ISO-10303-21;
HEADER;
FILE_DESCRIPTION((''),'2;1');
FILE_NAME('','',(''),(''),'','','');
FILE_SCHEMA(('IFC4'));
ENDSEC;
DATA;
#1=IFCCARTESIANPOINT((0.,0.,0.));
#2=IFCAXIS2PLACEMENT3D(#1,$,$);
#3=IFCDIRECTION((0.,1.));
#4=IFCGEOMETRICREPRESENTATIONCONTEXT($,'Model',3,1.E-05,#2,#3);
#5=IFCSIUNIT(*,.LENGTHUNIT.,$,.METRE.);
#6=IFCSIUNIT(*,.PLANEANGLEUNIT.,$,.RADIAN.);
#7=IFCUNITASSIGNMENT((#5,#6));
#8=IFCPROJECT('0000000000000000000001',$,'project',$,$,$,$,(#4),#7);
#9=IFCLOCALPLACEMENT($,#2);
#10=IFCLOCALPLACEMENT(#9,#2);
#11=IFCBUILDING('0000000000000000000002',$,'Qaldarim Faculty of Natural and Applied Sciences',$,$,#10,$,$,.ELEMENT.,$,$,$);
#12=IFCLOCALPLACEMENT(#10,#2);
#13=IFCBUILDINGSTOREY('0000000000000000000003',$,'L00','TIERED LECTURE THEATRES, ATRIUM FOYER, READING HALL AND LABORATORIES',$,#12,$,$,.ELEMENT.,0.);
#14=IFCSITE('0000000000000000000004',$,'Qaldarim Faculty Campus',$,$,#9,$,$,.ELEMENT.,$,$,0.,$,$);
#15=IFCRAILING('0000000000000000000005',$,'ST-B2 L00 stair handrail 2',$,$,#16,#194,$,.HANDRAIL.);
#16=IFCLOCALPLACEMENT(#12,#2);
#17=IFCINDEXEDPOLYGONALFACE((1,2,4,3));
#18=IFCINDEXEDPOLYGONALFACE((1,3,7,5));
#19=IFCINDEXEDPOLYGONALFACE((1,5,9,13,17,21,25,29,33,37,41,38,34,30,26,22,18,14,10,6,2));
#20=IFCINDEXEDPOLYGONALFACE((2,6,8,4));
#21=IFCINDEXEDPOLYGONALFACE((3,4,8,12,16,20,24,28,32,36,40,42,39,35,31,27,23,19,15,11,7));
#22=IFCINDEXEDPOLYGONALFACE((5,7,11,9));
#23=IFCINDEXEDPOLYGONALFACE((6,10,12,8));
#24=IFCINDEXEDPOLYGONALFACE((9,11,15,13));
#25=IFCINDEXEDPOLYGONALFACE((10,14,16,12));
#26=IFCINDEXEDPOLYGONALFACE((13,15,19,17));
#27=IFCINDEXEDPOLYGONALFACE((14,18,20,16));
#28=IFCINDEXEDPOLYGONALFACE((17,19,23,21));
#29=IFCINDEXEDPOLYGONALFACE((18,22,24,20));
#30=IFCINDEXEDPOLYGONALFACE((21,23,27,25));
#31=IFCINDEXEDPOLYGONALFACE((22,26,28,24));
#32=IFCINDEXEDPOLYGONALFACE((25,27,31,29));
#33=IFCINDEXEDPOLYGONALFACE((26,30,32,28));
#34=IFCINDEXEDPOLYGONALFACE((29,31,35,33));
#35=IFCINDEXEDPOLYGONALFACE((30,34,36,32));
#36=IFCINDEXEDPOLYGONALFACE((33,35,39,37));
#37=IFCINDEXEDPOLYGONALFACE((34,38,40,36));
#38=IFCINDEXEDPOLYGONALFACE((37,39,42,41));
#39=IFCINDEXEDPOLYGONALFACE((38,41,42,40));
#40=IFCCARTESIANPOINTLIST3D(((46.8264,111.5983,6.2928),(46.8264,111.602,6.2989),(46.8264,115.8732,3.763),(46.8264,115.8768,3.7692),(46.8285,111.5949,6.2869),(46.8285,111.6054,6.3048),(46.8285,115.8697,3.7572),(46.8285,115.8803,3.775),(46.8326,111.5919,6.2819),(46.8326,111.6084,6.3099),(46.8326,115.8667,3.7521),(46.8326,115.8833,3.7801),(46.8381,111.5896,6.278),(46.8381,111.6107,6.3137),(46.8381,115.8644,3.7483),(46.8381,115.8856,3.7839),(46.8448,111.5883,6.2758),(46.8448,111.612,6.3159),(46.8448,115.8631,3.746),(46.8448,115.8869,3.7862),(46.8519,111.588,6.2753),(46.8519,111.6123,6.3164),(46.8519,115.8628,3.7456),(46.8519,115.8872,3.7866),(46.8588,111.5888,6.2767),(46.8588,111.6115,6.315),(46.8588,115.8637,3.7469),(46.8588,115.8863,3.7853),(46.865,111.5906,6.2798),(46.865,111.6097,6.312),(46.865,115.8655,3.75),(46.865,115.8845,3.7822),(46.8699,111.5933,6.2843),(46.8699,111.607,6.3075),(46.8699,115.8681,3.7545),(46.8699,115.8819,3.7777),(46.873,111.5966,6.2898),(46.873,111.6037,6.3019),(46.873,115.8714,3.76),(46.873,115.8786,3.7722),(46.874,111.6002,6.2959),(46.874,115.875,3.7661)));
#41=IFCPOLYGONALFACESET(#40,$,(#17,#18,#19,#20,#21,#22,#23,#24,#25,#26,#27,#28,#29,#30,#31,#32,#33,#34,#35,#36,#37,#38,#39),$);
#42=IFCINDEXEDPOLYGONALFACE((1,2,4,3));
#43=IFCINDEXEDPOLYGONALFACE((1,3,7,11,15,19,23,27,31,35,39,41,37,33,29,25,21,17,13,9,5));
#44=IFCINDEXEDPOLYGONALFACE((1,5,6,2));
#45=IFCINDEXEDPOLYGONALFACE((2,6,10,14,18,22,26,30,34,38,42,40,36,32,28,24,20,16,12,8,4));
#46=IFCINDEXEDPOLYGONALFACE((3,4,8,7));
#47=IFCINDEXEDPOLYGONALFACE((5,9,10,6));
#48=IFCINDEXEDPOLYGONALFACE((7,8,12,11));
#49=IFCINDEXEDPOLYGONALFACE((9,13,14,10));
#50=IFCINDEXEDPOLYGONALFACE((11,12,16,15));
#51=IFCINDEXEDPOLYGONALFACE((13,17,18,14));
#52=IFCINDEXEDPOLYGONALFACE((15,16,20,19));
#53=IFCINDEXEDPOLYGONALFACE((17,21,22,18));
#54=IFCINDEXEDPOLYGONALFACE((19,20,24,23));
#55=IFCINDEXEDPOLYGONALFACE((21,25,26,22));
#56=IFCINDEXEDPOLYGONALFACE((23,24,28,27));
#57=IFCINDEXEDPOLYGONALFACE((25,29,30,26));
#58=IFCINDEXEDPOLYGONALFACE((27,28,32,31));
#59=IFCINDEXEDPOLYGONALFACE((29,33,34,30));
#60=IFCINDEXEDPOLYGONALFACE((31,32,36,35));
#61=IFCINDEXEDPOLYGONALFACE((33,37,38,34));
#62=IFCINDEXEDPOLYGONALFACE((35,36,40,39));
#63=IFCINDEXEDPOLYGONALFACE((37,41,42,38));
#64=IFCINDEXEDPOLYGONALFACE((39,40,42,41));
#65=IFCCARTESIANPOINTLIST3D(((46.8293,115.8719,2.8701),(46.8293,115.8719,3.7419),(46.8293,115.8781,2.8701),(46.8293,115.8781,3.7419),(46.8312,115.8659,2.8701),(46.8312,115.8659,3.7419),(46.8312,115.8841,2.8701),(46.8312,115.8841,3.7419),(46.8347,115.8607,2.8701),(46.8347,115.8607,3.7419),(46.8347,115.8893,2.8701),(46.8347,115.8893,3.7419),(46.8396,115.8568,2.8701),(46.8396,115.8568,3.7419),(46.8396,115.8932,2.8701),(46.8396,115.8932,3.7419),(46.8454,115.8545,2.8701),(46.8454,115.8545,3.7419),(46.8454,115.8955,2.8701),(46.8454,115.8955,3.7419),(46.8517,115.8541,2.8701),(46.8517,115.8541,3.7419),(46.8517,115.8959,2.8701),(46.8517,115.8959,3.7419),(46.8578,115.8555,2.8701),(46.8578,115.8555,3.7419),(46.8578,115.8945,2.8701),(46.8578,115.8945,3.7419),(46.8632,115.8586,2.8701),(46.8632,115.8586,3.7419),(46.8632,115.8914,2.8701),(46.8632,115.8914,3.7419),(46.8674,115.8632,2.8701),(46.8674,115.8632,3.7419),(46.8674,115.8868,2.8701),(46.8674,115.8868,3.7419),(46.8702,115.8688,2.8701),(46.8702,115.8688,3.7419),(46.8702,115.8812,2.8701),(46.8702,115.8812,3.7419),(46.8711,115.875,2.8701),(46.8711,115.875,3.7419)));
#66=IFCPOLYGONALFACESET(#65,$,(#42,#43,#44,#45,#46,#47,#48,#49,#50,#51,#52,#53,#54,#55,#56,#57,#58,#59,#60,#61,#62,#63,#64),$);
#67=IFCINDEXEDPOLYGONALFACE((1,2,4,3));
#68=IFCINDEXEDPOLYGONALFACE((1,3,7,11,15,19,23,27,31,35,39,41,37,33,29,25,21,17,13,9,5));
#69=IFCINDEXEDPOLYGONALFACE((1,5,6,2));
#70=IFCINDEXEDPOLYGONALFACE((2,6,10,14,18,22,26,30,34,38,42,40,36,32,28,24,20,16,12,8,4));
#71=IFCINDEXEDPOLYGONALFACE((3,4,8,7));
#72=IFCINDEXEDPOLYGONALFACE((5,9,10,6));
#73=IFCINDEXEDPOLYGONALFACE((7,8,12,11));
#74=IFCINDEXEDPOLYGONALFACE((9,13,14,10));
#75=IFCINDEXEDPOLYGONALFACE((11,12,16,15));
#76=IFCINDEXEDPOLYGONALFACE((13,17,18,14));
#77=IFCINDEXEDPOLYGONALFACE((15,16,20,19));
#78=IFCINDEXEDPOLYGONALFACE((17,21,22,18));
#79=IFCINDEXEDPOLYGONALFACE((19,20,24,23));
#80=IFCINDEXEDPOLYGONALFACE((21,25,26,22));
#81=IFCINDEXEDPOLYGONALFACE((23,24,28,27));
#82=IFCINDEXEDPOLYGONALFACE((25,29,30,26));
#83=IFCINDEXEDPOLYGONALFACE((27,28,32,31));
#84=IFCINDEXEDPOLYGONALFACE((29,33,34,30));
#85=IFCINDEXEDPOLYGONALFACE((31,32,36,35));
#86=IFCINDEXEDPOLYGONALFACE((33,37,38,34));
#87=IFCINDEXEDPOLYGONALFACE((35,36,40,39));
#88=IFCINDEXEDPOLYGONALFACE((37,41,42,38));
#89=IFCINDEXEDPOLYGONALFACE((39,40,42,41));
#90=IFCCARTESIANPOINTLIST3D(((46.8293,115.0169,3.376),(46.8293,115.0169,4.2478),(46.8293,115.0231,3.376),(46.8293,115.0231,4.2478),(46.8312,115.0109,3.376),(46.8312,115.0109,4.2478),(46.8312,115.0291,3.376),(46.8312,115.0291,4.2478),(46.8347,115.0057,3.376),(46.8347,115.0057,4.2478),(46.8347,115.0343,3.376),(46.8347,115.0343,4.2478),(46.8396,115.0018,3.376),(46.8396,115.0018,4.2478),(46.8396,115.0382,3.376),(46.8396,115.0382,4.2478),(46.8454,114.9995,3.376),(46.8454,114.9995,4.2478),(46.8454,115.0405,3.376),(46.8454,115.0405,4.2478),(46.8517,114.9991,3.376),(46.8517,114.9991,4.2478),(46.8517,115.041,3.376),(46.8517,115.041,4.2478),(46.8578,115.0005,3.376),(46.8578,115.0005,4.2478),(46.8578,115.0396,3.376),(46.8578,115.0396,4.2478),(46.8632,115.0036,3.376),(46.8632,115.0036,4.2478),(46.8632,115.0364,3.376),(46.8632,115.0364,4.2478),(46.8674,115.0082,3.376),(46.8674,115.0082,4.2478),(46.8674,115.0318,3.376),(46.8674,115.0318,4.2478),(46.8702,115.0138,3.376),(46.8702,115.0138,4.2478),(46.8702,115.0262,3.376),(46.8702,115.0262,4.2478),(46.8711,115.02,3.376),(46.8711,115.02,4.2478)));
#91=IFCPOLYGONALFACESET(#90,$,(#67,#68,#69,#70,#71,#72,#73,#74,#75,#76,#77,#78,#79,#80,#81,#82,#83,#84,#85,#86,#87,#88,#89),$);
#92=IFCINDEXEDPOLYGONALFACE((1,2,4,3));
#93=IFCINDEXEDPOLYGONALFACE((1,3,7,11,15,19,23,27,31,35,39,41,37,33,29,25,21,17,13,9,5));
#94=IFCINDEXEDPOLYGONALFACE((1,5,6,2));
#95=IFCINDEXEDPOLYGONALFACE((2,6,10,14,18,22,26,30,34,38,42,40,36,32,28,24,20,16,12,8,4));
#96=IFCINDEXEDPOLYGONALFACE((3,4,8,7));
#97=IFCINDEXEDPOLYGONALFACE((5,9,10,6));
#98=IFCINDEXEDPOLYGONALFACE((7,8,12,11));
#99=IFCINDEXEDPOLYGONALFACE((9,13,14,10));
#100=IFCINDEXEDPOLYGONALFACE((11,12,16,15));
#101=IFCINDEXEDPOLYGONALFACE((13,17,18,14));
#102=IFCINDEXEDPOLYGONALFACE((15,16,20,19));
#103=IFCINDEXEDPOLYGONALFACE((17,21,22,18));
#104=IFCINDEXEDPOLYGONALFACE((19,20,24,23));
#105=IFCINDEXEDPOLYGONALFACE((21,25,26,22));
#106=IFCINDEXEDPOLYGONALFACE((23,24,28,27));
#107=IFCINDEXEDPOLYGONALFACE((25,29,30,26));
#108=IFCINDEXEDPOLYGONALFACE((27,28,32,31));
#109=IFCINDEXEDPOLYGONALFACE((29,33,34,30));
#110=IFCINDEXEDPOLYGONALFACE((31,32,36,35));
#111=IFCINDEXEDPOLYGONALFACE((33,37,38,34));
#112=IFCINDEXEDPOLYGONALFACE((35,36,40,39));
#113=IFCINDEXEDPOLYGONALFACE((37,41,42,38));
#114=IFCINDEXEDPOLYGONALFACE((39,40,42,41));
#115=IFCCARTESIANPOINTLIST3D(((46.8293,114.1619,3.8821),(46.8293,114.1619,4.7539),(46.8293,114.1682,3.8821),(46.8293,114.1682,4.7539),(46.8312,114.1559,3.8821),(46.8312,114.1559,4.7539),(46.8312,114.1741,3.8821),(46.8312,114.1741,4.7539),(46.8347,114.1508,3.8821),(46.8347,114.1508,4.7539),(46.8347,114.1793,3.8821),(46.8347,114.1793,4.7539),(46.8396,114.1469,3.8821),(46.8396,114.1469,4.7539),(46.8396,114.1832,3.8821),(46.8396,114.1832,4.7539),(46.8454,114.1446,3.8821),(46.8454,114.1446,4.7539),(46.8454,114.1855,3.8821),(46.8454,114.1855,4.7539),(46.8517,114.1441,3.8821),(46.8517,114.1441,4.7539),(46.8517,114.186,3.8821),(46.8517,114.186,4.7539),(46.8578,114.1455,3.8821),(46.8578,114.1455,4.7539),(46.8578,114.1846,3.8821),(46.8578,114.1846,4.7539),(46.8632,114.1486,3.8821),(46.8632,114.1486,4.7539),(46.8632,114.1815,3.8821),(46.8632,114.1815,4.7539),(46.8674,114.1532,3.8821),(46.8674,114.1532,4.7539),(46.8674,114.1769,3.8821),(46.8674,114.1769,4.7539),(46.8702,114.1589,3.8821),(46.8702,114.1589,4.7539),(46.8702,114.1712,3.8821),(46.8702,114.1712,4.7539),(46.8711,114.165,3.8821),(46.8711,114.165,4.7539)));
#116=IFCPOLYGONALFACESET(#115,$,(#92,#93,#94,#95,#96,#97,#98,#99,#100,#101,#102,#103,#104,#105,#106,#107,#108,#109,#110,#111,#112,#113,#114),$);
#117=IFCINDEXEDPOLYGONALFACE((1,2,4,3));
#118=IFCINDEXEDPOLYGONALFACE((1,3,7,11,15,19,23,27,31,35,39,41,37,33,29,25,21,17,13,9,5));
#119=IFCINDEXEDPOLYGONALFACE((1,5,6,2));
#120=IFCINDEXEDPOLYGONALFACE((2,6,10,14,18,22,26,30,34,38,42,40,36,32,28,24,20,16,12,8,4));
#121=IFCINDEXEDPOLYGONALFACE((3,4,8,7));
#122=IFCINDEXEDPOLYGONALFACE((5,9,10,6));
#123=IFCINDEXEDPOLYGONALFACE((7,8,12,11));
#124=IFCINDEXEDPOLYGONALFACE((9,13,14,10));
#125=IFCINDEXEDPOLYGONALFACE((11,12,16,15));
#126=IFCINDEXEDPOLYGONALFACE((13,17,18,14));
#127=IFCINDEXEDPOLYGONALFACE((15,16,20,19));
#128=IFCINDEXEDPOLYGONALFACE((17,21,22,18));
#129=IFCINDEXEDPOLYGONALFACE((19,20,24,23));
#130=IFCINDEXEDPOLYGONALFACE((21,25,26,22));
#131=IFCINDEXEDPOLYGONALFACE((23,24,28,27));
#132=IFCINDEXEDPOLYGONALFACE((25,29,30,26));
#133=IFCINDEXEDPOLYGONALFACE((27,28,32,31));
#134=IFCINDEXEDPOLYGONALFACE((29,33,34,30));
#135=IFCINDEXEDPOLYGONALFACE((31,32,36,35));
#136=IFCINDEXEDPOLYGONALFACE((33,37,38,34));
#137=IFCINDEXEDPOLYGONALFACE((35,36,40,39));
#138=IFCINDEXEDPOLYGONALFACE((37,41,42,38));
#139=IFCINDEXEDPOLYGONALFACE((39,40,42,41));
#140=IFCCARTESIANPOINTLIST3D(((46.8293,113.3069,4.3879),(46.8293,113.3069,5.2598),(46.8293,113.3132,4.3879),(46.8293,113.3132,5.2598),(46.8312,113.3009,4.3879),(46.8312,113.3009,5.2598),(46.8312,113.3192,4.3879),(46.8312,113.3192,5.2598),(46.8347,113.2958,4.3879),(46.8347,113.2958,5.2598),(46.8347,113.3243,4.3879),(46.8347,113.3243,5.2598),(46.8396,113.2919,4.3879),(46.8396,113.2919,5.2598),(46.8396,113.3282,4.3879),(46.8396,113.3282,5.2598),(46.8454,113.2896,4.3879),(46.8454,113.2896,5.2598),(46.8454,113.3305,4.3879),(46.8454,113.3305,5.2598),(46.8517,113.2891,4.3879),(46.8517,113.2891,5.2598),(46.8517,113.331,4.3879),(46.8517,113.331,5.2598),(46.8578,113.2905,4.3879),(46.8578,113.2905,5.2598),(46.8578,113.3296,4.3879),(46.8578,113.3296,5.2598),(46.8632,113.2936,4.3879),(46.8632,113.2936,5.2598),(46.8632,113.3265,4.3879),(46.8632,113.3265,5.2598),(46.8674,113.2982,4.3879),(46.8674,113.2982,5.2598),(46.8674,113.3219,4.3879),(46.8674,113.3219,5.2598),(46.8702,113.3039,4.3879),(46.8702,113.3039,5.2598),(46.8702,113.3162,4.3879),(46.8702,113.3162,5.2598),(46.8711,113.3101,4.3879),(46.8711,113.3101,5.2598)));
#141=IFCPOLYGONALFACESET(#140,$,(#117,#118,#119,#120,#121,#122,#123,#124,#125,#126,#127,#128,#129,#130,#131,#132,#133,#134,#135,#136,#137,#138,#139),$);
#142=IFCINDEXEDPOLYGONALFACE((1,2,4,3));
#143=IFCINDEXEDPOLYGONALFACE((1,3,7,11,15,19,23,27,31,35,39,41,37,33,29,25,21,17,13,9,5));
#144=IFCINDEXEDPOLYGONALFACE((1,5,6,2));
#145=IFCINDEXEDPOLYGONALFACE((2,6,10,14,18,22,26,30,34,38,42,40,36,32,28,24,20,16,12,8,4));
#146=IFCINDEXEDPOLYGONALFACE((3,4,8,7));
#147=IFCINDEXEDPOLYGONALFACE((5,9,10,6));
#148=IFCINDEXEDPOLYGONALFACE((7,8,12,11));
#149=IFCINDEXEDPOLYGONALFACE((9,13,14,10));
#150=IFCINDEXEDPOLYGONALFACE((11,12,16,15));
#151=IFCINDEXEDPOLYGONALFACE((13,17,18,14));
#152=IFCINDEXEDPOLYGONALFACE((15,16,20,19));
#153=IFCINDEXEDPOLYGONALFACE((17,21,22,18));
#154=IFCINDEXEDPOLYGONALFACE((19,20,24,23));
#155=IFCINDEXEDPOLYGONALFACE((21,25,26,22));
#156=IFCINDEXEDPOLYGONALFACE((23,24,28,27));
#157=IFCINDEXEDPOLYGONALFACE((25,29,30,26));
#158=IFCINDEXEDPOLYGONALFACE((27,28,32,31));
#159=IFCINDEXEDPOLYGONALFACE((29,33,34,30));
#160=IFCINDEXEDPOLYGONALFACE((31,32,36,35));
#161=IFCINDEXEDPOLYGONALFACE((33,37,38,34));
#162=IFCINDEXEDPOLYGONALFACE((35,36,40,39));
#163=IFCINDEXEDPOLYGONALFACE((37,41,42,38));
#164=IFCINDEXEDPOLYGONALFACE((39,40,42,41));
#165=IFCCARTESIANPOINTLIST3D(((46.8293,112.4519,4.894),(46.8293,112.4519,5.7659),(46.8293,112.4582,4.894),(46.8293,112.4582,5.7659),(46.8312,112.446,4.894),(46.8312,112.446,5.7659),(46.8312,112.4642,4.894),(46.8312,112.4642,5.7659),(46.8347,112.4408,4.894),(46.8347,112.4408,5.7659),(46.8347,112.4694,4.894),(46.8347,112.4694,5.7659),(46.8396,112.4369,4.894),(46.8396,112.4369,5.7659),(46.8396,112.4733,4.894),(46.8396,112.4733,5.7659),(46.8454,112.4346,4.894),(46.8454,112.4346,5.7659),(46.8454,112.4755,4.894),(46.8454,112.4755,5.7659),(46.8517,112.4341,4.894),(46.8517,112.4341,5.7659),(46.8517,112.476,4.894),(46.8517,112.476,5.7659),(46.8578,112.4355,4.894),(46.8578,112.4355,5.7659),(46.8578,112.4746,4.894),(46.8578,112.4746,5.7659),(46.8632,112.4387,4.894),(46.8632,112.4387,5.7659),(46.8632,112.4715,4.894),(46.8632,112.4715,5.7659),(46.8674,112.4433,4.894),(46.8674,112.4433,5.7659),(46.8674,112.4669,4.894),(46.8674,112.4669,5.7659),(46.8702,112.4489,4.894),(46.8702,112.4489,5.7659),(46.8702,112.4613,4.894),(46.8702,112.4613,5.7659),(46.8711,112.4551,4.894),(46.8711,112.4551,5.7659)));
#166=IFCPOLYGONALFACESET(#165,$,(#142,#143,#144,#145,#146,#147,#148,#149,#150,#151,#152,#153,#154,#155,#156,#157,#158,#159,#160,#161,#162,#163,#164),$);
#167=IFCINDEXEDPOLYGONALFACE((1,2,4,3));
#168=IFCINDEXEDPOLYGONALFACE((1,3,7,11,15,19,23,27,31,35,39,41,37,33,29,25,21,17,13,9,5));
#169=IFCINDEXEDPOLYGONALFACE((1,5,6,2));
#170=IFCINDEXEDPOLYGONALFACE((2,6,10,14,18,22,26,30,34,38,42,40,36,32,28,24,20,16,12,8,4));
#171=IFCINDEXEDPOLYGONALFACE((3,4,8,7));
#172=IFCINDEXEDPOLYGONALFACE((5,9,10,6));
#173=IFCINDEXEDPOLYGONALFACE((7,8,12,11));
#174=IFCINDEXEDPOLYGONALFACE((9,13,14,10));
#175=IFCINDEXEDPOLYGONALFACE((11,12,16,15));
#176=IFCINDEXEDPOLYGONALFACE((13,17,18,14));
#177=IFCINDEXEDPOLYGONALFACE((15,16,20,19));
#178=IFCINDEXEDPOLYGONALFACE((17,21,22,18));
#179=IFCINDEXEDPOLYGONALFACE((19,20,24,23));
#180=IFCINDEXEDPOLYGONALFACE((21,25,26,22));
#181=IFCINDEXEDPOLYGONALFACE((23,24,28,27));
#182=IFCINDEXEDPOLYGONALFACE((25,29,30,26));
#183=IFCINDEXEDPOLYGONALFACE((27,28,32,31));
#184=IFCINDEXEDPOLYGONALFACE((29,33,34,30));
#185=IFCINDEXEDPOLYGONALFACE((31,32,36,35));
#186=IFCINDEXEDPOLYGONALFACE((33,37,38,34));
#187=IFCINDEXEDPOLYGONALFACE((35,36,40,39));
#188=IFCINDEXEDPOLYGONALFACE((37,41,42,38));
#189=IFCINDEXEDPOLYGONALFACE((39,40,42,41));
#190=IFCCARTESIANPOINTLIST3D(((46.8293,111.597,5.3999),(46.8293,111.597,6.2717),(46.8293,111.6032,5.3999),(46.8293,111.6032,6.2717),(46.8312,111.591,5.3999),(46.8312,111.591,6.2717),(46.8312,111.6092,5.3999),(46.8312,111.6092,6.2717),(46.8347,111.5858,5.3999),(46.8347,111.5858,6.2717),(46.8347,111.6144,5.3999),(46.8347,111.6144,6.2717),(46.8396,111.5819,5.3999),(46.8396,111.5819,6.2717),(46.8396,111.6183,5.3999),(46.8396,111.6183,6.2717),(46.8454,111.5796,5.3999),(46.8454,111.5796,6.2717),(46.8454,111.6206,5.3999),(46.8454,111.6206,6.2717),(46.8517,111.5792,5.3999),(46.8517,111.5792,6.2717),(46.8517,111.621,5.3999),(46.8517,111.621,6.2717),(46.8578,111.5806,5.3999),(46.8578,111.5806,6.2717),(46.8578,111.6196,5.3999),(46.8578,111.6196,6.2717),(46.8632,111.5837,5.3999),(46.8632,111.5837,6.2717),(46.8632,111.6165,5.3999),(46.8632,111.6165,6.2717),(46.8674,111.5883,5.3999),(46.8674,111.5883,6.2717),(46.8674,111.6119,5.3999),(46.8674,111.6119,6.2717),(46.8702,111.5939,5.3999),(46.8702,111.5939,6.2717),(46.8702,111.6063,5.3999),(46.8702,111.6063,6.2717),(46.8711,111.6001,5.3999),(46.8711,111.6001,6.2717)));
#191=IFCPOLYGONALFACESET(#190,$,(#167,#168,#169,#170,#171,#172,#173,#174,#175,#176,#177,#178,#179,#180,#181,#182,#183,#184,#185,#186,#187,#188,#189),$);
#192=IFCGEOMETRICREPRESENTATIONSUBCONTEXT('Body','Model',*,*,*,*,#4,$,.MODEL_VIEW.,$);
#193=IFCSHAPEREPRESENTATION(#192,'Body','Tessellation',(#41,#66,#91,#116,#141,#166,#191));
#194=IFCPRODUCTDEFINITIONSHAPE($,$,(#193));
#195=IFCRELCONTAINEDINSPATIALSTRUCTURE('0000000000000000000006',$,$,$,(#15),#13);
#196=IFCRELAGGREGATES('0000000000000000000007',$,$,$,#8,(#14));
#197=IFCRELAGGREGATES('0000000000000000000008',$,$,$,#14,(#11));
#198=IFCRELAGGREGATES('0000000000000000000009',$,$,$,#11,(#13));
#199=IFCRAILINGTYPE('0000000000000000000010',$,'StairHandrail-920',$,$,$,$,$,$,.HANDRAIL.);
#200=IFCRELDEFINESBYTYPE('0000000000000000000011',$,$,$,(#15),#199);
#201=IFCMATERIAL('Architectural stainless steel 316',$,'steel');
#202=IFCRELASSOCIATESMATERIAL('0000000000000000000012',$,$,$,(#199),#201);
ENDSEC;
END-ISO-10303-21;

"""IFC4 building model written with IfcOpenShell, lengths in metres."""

from ifc_helpers import new_model, si_unit, direction, frame, origin, origin_2d, place, context, subcontext, project, spatial, circle, extrude, material, type_object, element, save


model = new_model("IFC4")

# Units and contexts
model_context = context("Model", 3, precision=1e-05, world=origin(), true_north=direction((0.0, 1.0)))
body_context = subcontext(model_context, "Body", "Model", "MODEL_VIEW")
ifc_project = project(units=[si_unit("LENGTHUNIT", "METRE"), si_unit("PLANEANGLEUNIT", "RADIAN")], contexts=[model_context])

# Site, building, storey
site_placement = place(None, origin())
site = spatial("IfcSite", under=ifc_project, at=site_placement, Name="Qaldarim Faculty Campus", CompositionType="ELEMENT", RefElevation=0.0)
building_placement = place(site_placement, origin())
building = spatial("IfcBuilding", under=site, at=building_placement, Name="Qaldarim Faculty of Natural and Applied Sciences", CompositionType="ELEMENT")
storey_placement = place(building_placement, origin())
storey = spatial("IfcBuildingStorey", under=building, at=storey_placement, Name="L00", Description="TIERED LECTURE THEATRES, ATRIUM FOYER, READING HALL AND LABORATORIES", CompositionType="ELEMENT", Elevation=0.0)

# Shared definitions
ifc_material_1 = material(Name="Architectural stainless steel 316", Category="steel")

# Railing
railing_type_1 = type_object("IfcRailingType", Name="StairHandrail-920", PredefinedType="HANDRAIL", material=ifc_material_1)
railing_1_placement = place(storey_placement, frame((46.8501, 115.875, 2.8701)))
element("IfcRailing", 1, at=railing_1_placement, inside=storey, type_object=railing_type_1, Name="ST-B2 L00 stair handrail 2", PredefinedType="HANDRAIL", context=body_context, shape_type="SweptSolid", body=[
    extrude(circle(Radius=0.0239, at=origin_2d()), frame((0.0, 0.0, 0.896), z_axis=(0.0, -0.8606, 0.509282), x_axis=(1.0, 0.0, 0.0)), (0.0, 0.0, 1.0), 4.9673),
    extrude(circle(Radius=0.021, at=origin_2d()), origin(), (0.0, 0.0, 1.0), 0.8718),
    extrude(circle(Radius=0.021, at=origin_2d()), frame((0.0, -0.855, 0.5059)), (0.0, 0.0, 1.0), 0.8718),
    extrude(circle(Radius=0.021, at=origin_2d()), frame((0.0, -1.71, 1.012)), (0.0, 0.0, 1.0), 0.8718),
    extrude(circle(Radius=0.021, at=origin_2d()), frame((0.0, -2.5649, 1.5178)), (0.0, 0.0, 1.0), 0.8718),
    extrude(circle(Radius=0.021, at=origin_2d()), frame((0.0, -3.4199, 2.0239)), (0.0, 0.0, 1.0), 0.8718),
    extrude(circle(Radius=0.021, at=origin_2d()), frame((0.0, -4.2749, 2.5298)), (0.0, 0.0, 1.0), 0.8718),
])

save(model, "model.ifc")
